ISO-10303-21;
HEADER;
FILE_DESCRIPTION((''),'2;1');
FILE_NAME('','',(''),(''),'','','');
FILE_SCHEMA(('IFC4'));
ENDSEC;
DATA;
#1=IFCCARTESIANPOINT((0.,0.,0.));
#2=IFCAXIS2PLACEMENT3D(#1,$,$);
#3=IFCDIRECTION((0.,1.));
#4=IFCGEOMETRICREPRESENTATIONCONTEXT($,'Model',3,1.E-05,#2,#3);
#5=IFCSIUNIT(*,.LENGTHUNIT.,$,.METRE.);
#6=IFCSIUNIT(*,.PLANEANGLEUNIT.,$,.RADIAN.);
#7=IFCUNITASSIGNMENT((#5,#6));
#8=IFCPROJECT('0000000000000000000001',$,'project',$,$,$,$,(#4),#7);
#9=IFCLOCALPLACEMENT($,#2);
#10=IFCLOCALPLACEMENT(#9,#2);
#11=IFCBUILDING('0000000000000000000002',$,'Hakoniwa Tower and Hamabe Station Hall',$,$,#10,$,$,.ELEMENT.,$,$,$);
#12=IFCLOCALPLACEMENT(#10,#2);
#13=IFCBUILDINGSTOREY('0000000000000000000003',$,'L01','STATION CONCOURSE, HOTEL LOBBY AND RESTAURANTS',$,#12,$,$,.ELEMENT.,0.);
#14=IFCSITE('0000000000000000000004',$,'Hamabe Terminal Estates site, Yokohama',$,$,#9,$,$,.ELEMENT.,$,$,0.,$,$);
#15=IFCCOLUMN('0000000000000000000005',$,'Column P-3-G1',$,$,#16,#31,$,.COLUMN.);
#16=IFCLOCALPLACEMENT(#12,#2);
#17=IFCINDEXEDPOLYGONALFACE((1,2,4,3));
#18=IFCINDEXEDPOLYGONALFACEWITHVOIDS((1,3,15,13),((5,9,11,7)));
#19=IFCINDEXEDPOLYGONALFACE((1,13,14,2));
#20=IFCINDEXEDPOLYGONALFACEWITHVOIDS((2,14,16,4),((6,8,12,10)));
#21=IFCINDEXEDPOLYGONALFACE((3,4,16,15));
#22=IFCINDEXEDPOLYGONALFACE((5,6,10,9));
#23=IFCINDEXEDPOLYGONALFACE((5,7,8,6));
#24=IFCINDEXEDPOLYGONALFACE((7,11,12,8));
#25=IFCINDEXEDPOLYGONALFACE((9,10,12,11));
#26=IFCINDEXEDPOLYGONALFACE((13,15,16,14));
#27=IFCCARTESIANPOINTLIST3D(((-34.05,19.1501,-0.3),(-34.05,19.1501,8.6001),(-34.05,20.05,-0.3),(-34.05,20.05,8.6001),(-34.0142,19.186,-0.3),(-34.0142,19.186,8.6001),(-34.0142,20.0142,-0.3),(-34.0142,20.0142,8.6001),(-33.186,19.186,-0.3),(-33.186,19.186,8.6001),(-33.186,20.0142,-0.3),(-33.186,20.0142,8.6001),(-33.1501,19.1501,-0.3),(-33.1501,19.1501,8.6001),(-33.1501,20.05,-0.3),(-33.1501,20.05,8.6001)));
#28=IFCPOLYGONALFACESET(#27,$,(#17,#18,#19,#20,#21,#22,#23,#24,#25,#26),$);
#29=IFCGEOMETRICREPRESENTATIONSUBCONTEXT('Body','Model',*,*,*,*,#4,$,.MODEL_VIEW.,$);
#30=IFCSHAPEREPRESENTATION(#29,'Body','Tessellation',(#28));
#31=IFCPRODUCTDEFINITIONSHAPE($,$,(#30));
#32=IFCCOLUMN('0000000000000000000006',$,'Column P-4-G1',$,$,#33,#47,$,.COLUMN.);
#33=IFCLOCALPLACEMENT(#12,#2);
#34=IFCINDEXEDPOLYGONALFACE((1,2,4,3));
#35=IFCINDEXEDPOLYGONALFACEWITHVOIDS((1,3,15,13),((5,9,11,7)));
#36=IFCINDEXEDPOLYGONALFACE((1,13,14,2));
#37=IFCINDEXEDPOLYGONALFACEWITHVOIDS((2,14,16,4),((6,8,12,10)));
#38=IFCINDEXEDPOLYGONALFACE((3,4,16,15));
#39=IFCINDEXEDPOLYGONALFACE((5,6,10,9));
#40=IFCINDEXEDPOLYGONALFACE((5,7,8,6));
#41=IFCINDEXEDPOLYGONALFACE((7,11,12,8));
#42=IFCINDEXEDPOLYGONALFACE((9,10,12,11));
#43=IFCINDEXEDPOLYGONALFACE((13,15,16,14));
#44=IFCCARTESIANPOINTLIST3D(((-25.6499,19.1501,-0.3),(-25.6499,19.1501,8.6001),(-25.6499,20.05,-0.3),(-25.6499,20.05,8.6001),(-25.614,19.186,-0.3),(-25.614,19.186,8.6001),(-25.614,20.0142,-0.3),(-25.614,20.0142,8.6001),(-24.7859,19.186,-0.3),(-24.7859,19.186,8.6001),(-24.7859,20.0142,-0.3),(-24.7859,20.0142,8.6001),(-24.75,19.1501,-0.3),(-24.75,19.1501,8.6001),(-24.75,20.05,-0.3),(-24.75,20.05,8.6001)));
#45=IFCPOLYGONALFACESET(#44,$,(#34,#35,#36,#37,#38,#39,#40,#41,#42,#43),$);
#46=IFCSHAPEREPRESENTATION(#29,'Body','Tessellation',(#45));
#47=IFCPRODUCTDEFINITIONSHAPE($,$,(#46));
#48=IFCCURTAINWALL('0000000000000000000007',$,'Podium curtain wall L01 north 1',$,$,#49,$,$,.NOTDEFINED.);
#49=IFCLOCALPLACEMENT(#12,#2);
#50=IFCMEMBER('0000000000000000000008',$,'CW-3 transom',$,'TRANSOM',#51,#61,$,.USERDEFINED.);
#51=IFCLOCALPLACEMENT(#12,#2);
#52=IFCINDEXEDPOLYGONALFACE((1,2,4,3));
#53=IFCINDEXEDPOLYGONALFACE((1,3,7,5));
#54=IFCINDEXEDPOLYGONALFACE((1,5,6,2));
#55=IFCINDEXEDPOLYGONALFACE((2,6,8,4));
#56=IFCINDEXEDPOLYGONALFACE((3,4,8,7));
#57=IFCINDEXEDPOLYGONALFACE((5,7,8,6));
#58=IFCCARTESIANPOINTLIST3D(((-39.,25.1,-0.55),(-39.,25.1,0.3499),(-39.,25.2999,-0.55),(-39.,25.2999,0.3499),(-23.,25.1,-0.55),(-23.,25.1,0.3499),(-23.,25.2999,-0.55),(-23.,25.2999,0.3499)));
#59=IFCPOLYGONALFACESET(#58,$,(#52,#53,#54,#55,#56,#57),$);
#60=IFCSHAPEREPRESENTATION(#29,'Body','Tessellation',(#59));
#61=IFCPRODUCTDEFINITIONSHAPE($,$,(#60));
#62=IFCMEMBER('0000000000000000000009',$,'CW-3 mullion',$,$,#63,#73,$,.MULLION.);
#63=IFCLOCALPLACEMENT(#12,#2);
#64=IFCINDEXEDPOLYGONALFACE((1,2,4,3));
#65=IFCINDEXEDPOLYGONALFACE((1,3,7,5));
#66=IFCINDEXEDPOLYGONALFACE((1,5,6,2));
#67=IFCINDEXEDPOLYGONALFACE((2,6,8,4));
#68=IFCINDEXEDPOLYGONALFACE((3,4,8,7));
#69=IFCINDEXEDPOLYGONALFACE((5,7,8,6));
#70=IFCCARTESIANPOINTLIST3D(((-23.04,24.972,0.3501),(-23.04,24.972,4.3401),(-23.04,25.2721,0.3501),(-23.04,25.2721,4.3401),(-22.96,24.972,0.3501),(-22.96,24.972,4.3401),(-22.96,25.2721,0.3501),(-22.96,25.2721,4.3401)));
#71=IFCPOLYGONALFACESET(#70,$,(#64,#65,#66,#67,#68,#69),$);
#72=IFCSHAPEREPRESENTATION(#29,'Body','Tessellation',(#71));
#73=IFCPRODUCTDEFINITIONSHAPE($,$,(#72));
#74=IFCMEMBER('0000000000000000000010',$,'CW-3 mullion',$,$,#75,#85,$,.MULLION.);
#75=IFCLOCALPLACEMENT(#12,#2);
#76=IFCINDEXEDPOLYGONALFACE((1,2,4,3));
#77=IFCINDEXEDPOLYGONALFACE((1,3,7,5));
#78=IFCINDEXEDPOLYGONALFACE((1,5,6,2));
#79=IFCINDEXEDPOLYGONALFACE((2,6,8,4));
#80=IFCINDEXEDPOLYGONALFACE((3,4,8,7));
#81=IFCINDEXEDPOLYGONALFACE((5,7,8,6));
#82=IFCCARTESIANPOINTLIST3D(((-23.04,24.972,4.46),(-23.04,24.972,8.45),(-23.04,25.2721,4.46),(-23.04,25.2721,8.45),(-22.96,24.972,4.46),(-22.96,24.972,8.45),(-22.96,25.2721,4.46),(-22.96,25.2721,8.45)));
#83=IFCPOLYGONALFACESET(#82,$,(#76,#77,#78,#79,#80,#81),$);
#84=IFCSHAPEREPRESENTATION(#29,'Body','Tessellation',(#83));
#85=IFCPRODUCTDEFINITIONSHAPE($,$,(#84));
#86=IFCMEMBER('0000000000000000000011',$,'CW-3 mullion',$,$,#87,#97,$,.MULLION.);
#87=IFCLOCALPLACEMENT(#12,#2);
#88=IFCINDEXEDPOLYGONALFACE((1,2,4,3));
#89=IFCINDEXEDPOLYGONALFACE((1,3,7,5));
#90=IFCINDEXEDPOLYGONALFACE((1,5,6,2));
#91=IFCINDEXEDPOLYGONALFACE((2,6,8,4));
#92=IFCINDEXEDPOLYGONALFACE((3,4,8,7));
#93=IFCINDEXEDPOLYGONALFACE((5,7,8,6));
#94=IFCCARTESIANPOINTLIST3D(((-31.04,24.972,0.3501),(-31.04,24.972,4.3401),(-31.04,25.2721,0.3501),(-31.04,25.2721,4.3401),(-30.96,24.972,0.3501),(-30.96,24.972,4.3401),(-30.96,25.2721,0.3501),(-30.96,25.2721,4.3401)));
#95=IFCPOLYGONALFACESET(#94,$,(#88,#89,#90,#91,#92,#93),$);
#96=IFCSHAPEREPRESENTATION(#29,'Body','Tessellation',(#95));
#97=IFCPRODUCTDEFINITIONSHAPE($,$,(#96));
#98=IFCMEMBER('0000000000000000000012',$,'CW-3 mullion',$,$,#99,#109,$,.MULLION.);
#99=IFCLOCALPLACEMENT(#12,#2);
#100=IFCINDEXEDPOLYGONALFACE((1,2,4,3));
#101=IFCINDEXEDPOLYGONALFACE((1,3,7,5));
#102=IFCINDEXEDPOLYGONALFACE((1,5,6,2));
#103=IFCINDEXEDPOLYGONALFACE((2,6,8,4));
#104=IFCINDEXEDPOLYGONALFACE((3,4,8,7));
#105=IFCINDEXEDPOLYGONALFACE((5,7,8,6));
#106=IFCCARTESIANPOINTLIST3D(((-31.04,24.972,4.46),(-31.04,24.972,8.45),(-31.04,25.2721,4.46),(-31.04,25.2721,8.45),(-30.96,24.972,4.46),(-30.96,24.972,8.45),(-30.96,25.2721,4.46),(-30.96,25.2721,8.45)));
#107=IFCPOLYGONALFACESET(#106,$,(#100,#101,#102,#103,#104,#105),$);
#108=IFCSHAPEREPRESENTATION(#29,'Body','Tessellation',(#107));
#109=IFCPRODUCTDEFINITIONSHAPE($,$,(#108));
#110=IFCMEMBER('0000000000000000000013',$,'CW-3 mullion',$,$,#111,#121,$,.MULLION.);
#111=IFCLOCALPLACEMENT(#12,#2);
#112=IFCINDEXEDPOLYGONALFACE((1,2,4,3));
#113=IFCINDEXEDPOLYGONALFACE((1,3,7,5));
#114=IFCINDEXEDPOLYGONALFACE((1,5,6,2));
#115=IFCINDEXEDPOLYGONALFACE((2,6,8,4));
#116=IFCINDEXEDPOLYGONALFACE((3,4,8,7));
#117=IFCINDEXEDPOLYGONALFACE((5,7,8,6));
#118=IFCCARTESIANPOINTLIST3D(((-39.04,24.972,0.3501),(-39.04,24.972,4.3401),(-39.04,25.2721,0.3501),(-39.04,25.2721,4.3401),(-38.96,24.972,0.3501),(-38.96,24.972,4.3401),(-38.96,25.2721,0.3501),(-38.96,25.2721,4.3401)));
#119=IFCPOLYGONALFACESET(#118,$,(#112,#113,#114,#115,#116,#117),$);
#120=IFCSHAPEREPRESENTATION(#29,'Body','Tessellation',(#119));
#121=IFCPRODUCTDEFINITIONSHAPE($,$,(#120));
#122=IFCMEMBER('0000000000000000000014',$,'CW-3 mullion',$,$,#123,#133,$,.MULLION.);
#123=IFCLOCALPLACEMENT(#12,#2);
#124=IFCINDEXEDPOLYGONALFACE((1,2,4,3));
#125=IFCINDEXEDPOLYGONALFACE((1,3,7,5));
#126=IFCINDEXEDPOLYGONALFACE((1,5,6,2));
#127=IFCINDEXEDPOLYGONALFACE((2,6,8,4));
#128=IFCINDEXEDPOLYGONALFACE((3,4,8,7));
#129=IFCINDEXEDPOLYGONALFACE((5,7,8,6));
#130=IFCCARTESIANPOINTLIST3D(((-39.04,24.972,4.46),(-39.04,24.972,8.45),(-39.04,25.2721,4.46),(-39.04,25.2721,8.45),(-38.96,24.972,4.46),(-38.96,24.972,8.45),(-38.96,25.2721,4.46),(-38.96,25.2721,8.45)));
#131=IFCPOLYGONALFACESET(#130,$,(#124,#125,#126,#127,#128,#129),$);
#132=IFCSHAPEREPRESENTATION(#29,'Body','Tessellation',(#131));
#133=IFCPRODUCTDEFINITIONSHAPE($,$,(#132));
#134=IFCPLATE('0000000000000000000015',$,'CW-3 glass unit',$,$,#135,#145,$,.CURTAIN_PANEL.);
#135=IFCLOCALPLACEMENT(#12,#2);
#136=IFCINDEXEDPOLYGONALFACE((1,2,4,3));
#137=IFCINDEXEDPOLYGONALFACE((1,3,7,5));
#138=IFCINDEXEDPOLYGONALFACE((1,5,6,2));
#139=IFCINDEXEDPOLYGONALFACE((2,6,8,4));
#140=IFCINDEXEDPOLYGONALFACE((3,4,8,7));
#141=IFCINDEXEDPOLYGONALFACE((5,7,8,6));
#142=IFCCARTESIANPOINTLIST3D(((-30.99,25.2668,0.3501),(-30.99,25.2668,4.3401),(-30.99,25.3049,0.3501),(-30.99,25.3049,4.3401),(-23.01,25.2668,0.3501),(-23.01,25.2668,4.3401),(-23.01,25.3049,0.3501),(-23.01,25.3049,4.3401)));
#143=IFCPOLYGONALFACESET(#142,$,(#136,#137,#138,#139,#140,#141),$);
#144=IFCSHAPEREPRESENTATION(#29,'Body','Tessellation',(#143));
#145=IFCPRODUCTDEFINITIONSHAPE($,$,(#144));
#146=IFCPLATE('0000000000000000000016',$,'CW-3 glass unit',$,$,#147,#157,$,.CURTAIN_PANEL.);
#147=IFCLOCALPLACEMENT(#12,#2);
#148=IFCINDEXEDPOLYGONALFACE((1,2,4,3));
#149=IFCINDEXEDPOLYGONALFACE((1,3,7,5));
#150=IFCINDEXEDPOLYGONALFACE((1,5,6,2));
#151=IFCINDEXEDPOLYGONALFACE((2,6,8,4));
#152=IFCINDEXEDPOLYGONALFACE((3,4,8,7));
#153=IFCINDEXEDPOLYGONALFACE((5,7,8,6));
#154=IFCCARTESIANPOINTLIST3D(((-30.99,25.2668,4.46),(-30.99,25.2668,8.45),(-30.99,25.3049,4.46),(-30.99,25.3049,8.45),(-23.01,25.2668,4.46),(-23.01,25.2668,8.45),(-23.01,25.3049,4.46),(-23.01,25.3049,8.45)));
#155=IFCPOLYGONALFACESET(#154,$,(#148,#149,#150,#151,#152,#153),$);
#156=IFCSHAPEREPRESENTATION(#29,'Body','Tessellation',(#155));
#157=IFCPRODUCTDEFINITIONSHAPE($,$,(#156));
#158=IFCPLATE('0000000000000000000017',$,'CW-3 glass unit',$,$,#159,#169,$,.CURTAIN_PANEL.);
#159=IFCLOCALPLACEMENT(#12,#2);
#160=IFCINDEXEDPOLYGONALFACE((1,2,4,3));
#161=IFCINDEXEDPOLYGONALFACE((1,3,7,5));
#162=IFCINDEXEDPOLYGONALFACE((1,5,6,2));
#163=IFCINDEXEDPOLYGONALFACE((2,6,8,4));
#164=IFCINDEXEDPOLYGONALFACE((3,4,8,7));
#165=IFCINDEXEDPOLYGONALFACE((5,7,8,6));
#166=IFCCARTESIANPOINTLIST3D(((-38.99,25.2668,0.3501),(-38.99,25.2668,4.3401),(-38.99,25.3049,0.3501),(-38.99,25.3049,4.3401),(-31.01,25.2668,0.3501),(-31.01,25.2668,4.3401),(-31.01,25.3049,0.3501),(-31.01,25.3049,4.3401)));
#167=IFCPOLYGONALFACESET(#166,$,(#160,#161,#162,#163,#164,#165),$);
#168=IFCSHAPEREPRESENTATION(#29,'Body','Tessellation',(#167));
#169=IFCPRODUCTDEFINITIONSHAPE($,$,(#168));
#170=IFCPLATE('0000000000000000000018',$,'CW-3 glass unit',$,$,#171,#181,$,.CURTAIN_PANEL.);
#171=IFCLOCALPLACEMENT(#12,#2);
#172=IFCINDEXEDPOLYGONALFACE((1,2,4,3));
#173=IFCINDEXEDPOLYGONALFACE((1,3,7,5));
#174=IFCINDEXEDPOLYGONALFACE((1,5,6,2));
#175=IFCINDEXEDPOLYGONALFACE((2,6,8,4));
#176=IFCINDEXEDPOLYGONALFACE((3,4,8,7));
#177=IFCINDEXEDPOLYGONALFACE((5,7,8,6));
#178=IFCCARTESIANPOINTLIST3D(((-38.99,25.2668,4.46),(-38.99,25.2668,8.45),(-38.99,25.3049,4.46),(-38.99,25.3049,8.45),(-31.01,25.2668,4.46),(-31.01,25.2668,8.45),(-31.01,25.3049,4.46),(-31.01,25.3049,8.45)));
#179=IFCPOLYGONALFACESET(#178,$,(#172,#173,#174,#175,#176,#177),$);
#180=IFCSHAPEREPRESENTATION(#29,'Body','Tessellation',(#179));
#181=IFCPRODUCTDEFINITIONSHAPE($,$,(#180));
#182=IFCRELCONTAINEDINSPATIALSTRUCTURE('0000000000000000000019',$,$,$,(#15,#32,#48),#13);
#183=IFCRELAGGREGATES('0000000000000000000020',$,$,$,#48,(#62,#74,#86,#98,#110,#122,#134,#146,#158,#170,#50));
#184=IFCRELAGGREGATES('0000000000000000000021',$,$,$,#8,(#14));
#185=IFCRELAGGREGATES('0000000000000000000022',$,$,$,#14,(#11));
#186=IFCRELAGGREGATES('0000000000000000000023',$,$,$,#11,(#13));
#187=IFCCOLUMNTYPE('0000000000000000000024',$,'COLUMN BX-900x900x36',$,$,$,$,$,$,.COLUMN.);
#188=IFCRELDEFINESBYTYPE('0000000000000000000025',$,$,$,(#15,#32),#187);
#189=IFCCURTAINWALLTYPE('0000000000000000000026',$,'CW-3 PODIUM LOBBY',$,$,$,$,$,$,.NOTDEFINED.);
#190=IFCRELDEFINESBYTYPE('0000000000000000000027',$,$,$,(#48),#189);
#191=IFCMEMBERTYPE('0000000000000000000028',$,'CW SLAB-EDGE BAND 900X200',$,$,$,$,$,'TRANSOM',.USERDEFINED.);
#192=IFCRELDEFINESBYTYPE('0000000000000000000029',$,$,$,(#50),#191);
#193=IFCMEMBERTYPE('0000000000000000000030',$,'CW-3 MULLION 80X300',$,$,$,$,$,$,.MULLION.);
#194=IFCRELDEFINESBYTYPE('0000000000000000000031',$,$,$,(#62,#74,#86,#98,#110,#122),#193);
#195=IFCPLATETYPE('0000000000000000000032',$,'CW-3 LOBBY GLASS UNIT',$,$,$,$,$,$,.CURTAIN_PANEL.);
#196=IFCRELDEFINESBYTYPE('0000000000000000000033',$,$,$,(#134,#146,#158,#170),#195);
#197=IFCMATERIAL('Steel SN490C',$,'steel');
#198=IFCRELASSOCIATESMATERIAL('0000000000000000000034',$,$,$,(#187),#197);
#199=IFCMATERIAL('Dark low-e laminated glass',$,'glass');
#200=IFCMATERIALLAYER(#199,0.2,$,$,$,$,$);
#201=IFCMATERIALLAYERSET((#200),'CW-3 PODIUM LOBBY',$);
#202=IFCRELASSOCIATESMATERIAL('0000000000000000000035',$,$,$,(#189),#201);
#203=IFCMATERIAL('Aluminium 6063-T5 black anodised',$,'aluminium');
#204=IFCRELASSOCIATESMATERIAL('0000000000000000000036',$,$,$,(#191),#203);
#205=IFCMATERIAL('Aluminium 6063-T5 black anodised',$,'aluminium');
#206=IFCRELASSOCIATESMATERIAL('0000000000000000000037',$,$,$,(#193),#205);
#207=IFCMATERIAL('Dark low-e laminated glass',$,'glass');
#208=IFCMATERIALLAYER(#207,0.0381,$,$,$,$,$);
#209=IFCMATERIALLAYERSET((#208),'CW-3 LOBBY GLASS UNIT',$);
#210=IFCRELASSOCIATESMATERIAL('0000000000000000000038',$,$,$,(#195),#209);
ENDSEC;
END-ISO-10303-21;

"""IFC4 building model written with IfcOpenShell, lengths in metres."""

from ifc_helpers import new_model, si_unit, direction, frame, origin, origin_2d, place, context, subcontext, project, spatial, rectangle, hollow_rectangle, extrude, material, layer, layer_set, material_profile, profile_set, type_object, element, aggregate, save


model = new_model("IFC4")

# Units and contexts
model_context = context("Model", 3, precision=1e-05, world=origin(), true_north=direction((0.0, 1.0)))
body_context = subcontext(model_context, "Body", "Model", "MODEL_VIEW")
ifc_project = project(units=[si_unit("LENGTHUNIT", "METRE"), si_unit("PLANEANGLEUNIT", "RADIAN")], contexts=[model_context])

# Site, building, storey
site_placement = place(None, origin())
site = spatial("IfcSite", under=ifc_project, at=site_placement, Name="Hamabe Terminal Estates site, Yokohama", CompositionType="ELEMENT", RefElevation=0.0)
building_placement = place(site_placement, origin())
building = spatial("IfcBuilding", under=site, at=building_placement, Name="Hakoniwa Tower and Hamabe Station Hall", CompositionType="ELEMENT")
storey_placement = place(building_placement, origin())
storey = spatial("IfcBuildingStorey", under=building, at=storey_placement, Name="L01", Description="STATION CONCOURSE, HOTEL LOBBY AND RESTAURANTS", CompositionType="ELEMENT", Elevation=0.0)

# Columns
ifc_material_1 = material(Name="Steel SN490C", Category="steel")
ifc_material_profile_1 = material_profile(ifc_material_1, hollow_rectangle(XDim=0.8999, YDim=0.8999, WallThickness=0.0359, at=origin_2d()), Name="BX-900x900x36")
ifc_profile_set_1 = profile_set([ifc_material_profile_1], Name="Steel SN490C")
column_type_1 = type_object("IfcColumnType", Name="COLUMN BX-900x900x36", PredefinedType="COLUMN", material=ifc_profile_set_1)
for number, where, z_axis, x_axis, name in (
    (1, (-33.6001, 19.6001, -0.3), (0.0, 0.0, 1.0), (1.0, 0.0, 0.0), "Column P-3-G1"),
    (2, (-25.2, 19.6001, -0.3), (0.0, 0.0, 1.0), (1.0, 0.0, 0.0), "Column P-4-G1"),
):
    element("IfcColumn", number, at=place(storey_placement, frame(where, z_axis=z_axis, x_axis=x_axis)), inside=storey, type_object=column_type_1, Name=name, PredefinedType="COLUMN", context=body_context, shape_type="SweptSolid", body=[
        extrude(hollow_rectangle(XDim=0.8999, YDim=0.8999, WallThickness=0.0359, at=origin_2d()), origin(), (0.0, 0.0, 1.0), 8.9001),
    ])

# Curtain wall, members, plates
ifc_material_2 = material(Name="Dark low-e laminated glass", Category="glass")
ifc_layer_1 = layer(ifc_material_2, 0.2)
ifc_layer_set_1 = layer_set([ifc_layer_1], Name="CW-3 PODIUM LOBBY")
curtain_wall_type = type_object("IfcCurtainWallType", Name="CW-3 PODIUM LOBBY", PredefinedType="NOTDEFINED", material=ifc_layer_set_1)
curtain_wall_placement = place(storey_placement, origin())
curtain_wall = element("IfcCurtainWall", 3, at=curtain_wall_placement, inside=storey, type_object=curtain_wall_type, Name="Podium curtain wall L01 north 1", PredefinedType="NOTDEFINED")
ifc_material_3 = material(Name="Aluminium 6063-T5 black anodised", Category="aluminium")
ifc_material_profile_2 = material_profile(ifc_material_3, rectangle(XDim=0.2, YDim=0.8999, at=origin_2d()), Name="CW SLAB-EDGE BAND 900X200")
ifc_profile_set_2 = profile_set([ifc_material_profile_2], Name="Aluminium 6063-T5 black anodised")
member_type_1 = type_object("IfcMemberType", Name="CW SLAB-EDGE BAND 900X200", ElementType="TRANSOM", PredefinedType="USERDEFINED", material=ifc_profile_set_2)
member_1_placement = place(storey_placement, frame((-23.0, 25.2, -0.1001), z_axis=(-1.0, 0.0, 0.0), x_axis=(0.0, -1.0, 0.0)))
member_1 = element("IfcMember", 4, at=member_1_placement, type_object=member_type_1, Name="CW-3 transom", ObjectType="TRANSOM", PredefinedType="USERDEFINED", context=body_context, shape_type="SweptSolid", body=[
    extrude(rectangle(XDim=0.2, YDim=0.8999, at=origin_2d()), origin(), (0.0, 0.0, 1.0), 16.0),
])
ifc_material_4 = material(Name="Aluminium 6063-T5 black anodised", Category="aluminium")
ifc_material_profile_3 = material_profile(ifc_material_4, rectangle(XDim=0.0801, YDim=0.3, at=origin_2d()), Name="CW-3 MULLION 80X300")
ifc_profile_set_3 = profile_set([ifc_material_profile_3], Name="Aluminium 6063-T5 black anodised")
member_type_2 = type_object("IfcMemberType", Name="CW-3 MULLION 80X300", PredefinedType="MULLION", material=ifc_profile_set_3)
member_2_placement = place(storey_placement, frame((-23.0, 25.1221, 0.3501), z_axis=(0.0, 0.0, 1.0), x_axis=(-1.0, 0.0, 0.0)))
member_2 = element("IfcMember", 5, at=member_2_placement, type_object=member_type_2, Name="CW-3 mullion", PredefinedType="MULLION", context=body_context, shape_type="SweptSolid", body=[
    extrude(rectangle(XDim=0.0801, YDim=0.3, at=origin_2d()), origin(), (0.0, 0.0, 1.0), 3.99),
])
member_3_placement = place(storey_placement, frame((-23.0, 25.1221, 4.46), z_axis=(0.0, 0.0, 1.0), x_axis=(-1.0, 0.0, 0.0)))
member_3 = element("IfcMember", 6, at=member_3_placement, type_object=member_type_2, Name="CW-3 mullion", PredefinedType="MULLION", context=body_context, shape_type="SweptSolid", body=[
    extrude(rectangle(XDim=0.0801, YDim=0.3, at=origin_2d()), origin(), (0.0, 0.0, 1.0), 3.99),
])
member_4_placement = place(storey_placement, frame((-31.0, 25.1221, 0.3501), z_axis=(0.0, 0.0, 1.0), x_axis=(-1.0, 0.0, 0.0)))
member_4 = element("IfcMember", 7, at=member_4_placement, type_object=member_type_2, Name="CW-3 mullion", PredefinedType="MULLION", context=body_context, shape_type="SweptSolid", body=[
    extrude(rectangle(XDim=0.0801, YDim=0.3, at=origin_2d()), origin(), (0.0, 0.0, 1.0), 3.99),
])
member_5_placement = place(storey_placement, frame((-31.0, 25.1221, 4.46), z_axis=(0.0, 0.0, 1.0), x_axis=(-1.0, 0.0, 0.0)))
member_5 = element("IfcMember", 8, at=member_5_placement, type_object=member_type_2, Name="CW-3 mullion", PredefinedType="MULLION", context=body_context, shape_type="SweptSolid", body=[
    extrude(rectangle(XDim=0.0801, YDim=0.3, at=origin_2d()), origin(), (0.0, 0.0, 1.0), 3.99),
])
member_6_placement = place(storey_placement, frame((-39.0, 25.1221, 0.3501), z_axis=(0.0, 0.0, 1.0), x_axis=(-1.0, 0.0, 0.0)))
member_6 = element("IfcMember", 9, at=member_6_placement, type_object=member_type_2, Name="CW-3 mullion", PredefinedType="MULLION", context=body_context, shape_type="SweptSolid", body=[
    extrude(rectangle(XDim=0.0801, YDim=0.3, at=origin_2d()), origin(), (0.0, 0.0, 1.0), 3.99),
])
member_7_placement = place(storey_placement, frame((-39.0, 25.1221, 4.46), z_axis=(0.0, 0.0, 1.0), x_axis=(-1.0, 0.0, 0.0)))
member_7 = element("IfcMember", 10, at=member_7_placement, type_object=member_type_2, Name="CW-3 mullion", PredefinedType="MULLION", context=body_context, shape_type="SweptSolid", body=[
    extrude(rectangle(XDim=0.0801, YDim=0.3, at=origin_2d()), origin(), (0.0, 0.0, 1.0), 3.99),
])
ifc_material_5 = material(Name="Dark low-e laminated glass", Category="glass")
ifc_layer_2 = layer(ifc_material_5, 0.0381)
ifc_layer_set_2 = layer_set([ifc_layer_2], Name="CW-3 LOBBY GLASS UNIT")
plate_type = type_object("IfcPlateType", Name="CW-3 LOBBY GLASS UNIT", PredefinedType="CURTAIN_PANEL", material=ifc_layer_set_2)
plate_1_placement = place(storey_placement, frame((-27.0, 25.2859, 0.3501), z_axis=(0.0, 0.0, 1.0), x_axis=(-1.0, 0.0, 0.0)))
plate_1 = element("IfcPlate", 11, at=plate_1_placement, type_object=plate_type, Name="CW-3 glass unit", PredefinedType="CURTAIN_PANEL", context=body_context, shape_type="SweptSolid", body=[
    extrude(rectangle(XDim=7.98, YDim=0.0381, at=origin_2d()), origin(), (0.0, 0.0, 1.0), 3.99),
])
plate_2_placement = place(storey_placement, frame((-27.0, 25.2859, 4.46), z_axis=(0.0, 0.0, 1.0), x_axis=(-1.0, 0.0, 0.0)))
plate_2 = element("IfcPlate", 12, at=plate_2_placement, type_object=plate_type, Name="CW-3 glass unit", PredefinedType="CURTAIN_PANEL", context=body_context, shape_type="SweptSolid", body=[
    extrude(rectangle(XDim=7.98, YDim=0.0381, at=origin_2d()), origin(), (0.0, 0.0, 1.0), 3.99),
])
plate_3_placement = place(storey_placement, frame((-35.0, 25.2859, 0.3501), z_axis=(0.0, 0.0, 1.0), x_axis=(-1.0, 0.0, 0.0)))
plate_3 = element("IfcPlate", 13, at=plate_3_placement, type_object=plate_type, Name="CW-3 glass unit", PredefinedType="CURTAIN_PANEL", context=body_context, shape_type="SweptSolid", body=[
    extrude(rectangle(XDim=7.98, YDim=0.0381, at=origin_2d()), origin(), (0.0, 0.0, 1.0), 3.99),
])
plate_4_placement = place(storey_placement, frame((-35.0, 25.2859, 4.46), z_axis=(0.0, 0.0, 1.0), x_axis=(-1.0, 0.0, 0.0)))
plate_4 = element("IfcPlate", 14, at=plate_4_placement, type_object=plate_type, Name="CW-3 glass unit", PredefinedType="CURTAIN_PANEL", context=body_context, shape_type="SweptSolid", body=[
    extrude(rectangle(XDim=7.98, YDim=0.0381, at=origin_2d()), origin(), (0.0, 0.0, 1.0), 3.99),
])
aggregate(curtain_wall, [member_2, member_3, member_4, member_5, member_6, member_7, plate_1, plate_2, plate_3, plate_4, member_1])

save(model, "model.ifc")
